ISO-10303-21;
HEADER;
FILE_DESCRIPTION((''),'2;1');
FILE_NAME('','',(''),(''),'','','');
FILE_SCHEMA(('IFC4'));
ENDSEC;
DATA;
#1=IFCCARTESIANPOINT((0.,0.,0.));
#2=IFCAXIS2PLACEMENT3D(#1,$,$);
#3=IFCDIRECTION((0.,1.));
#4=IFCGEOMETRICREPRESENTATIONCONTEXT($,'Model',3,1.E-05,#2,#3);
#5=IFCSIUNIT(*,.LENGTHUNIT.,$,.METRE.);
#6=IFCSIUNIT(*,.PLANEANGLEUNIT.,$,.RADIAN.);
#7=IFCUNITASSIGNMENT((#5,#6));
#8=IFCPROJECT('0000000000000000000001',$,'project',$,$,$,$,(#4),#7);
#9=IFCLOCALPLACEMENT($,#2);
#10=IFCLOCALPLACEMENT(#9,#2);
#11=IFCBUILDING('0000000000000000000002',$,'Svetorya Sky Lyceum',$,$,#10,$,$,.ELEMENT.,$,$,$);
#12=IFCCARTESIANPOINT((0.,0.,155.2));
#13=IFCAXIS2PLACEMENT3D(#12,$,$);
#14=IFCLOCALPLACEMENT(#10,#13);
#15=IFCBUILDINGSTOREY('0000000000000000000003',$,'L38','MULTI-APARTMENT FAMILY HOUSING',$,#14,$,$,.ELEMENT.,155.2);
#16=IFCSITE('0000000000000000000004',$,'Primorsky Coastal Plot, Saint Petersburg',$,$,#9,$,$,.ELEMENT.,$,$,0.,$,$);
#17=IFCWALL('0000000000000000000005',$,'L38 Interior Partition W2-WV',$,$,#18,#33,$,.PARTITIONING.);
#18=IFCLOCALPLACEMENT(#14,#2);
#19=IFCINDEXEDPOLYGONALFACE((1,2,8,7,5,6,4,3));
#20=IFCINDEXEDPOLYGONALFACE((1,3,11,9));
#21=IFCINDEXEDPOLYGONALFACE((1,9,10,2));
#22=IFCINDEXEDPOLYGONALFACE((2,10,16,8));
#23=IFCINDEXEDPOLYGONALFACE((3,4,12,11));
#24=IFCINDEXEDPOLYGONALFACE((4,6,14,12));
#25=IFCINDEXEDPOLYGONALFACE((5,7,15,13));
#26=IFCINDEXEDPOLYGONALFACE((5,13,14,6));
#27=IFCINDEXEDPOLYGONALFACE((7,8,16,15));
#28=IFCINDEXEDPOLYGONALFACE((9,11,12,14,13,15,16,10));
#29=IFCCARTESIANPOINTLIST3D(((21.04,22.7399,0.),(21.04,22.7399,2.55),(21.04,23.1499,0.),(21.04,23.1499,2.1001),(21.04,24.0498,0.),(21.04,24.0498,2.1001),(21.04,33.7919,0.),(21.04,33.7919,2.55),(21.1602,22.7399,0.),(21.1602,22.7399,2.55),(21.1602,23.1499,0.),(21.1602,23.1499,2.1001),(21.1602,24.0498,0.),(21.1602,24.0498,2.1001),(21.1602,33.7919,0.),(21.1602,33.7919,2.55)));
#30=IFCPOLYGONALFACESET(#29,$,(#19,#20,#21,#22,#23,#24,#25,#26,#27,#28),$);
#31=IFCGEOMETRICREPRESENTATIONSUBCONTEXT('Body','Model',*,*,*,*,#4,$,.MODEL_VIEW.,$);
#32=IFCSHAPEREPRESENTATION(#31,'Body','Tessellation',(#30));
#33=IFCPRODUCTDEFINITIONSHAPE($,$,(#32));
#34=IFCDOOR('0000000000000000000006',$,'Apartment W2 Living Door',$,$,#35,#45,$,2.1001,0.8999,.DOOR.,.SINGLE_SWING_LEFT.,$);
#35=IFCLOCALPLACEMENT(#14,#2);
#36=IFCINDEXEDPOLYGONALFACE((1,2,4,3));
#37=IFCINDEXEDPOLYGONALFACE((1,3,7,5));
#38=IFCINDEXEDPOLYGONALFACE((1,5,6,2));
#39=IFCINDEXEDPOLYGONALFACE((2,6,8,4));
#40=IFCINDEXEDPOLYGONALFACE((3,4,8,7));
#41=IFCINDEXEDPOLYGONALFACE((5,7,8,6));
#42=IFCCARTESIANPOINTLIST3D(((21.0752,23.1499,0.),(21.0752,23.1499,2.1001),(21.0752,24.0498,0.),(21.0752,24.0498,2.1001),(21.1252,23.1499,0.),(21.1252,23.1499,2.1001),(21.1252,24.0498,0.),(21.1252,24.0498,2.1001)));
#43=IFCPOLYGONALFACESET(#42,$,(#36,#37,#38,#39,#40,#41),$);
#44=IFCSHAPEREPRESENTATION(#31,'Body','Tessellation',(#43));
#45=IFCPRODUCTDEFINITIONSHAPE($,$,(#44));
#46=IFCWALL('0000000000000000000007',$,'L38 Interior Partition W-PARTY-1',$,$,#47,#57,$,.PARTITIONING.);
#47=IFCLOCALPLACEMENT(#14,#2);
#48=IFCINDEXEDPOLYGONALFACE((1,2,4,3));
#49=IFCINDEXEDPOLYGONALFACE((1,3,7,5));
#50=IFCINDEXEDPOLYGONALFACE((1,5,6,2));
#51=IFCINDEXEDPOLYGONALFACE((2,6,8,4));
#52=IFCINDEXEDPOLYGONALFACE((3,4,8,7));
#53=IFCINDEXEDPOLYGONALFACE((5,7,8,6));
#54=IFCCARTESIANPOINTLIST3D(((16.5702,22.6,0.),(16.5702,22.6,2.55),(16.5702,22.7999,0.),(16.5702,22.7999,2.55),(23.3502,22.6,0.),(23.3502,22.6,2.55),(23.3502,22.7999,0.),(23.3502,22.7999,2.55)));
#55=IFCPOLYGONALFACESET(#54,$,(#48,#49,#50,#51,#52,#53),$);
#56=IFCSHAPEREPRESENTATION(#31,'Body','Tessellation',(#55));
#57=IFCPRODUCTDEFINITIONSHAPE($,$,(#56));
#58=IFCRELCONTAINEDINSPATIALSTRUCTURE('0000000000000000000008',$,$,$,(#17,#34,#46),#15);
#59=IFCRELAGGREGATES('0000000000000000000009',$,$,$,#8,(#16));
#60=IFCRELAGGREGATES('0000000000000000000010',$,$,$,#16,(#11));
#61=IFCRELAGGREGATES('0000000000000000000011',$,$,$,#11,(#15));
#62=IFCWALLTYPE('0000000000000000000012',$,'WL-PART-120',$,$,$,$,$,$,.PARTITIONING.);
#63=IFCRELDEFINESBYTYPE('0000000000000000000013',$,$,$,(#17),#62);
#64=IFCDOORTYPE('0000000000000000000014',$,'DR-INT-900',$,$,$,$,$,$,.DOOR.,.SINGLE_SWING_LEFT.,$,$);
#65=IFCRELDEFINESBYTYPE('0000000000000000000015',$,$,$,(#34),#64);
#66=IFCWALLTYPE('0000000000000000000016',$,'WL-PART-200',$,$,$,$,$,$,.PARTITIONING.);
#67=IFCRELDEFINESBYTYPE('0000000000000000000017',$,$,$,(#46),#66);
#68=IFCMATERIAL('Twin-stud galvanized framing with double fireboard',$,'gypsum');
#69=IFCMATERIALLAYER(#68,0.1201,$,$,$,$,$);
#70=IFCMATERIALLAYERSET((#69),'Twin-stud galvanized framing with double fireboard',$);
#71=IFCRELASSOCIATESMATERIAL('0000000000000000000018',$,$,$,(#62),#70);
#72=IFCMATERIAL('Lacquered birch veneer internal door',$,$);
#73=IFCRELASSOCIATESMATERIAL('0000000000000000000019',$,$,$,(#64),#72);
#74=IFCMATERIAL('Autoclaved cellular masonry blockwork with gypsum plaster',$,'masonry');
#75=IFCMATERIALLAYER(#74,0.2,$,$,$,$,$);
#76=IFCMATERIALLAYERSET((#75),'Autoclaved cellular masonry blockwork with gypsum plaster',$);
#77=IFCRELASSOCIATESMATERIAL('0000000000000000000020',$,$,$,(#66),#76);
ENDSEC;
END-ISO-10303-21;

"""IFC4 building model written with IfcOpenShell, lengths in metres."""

from ifc_helpers import new_model, si_unit, direction, frame, frame_2d, origin, place, context, subcontext, project, spatial, rectangle, extrude, material, layer, layer_set, type_object, element, fill, save


model = new_model("IFC4")

# Units and contexts
model_context = context("Model", 3, precision=1e-05, world=origin(), true_north=direction((0.0, 1.0)))
body_context = subcontext(model_context, "Body", "Model", "MODEL_VIEW")
ifc_project = project(units=[si_unit("LENGTHUNIT", "METRE"), si_unit("PLANEANGLEUNIT", "RADIAN")], contexts=[model_context])

# Site, building, storey
site_placement = place(None, origin())
site = spatial("IfcSite", under=ifc_project, at=site_placement, Name="Primorsky Coastal Plot, Saint Petersburg", CompositionType="ELEMENT", RefElevation=0.0)
building_placement = place(site_placement, origin())
building = spatial("IfcBuilding", under=site, at=building_placement, Name="Svetorya Sky Lyceum", CompositionType="ELEMENT")
storey_placement = place(building_placement, frame((0.0, 0.0, 155.2)))
storey = spatial("IfcBuildingStorey", under=building, at=storey_placement, Name="L38", Description="MULTI-APARTMENT FAMILY HOUSING", CompositionType="ELEMENT", Elevation=155.2)

# Wall, opening, door
ifc_material_1 = material(Name="Twin-stud galvanized framing with double fireboard", Category="gypsum")
ifc_layer_1 = layer(ifc_material_1, 0.1201)
ifc_layer_set_1 = layer_set([ifc_layer_1], Name="Twin-stud galvanized framing with double fireboard")
wall_type_1 = type_object("IfcWallType", Name="WL-PART-120", PredefinedType="PARTITIONING", material=ifc_layer_set_1)
ifc_material_2 = material(Name="Lacquered birch veneer internal door")
door_type_1 = type_object("IfcDoorType", Name="DR-INT-900", OperationType="SINGLE_SWING_LEFT", PredefinedType="DOOR", material=ifc_material_2)
wall_1_placement = place(storey_placement, frame((21.1001, 22.74, 0.0), z_axis=(0.0, 0.0, 1.0), x_axis=(0.0, 1.0, 0.0)))
wall_1 = element("IfcWall", 1, at=wall_1_placement, inside=storey, type_object=wall_type_1, Name="L38 Interior Partition W2-WV", PredefinedType="PARTITIONING", context=body_context, shape_type="SweptSolid", body=[
    extrude(rectangle(XDim=11.052, YDim=0.1201, at=frame_2d((5.5259, 0.0))), origin(), (0.0, 0.0, 1.0), 2.55),
])
opening_1_placement = place(wall_1_placement, frame((0.4099, 0.0, 0.0)))
opening_1 = element("IfcOpeningElement", 2, at=opening_1_placement, cuts=wall_1, PredefinedType="OPENING", context=body_context, shape_type="SweptSolid", body=[
    extrude(rectangle(XDim=0.8999, YDim=2.1001, at=frame_2d((0.45, 1.05))), frame((0.0, 0.0701, 0.0), z_axis=(0.0, -1.0, 0.0), x_axis=(1.0, 0.0, 0.0)), (0.0, 0.0, 1.0), 0.1401),
])
door_1_placement = place(opening_1_placement, origin())
door_1 = element("IfcDoor", 3, at=door_1_placement, inside=storey, type_object=door_type_1, Name="Apartment W2 Living Door", OperationType="SINGLE_SWING_LEFT", OverallHeight=2.1001, OverallWidth=0.8999, PredefinedType="DOOR", context=body_context, shape_type="SweptSolid", body=[
    extrude(rectangle(XDim=0.8999, YDim=2.1001, at=frame_2d((0.45, 1.05))), frame((0.0, 0.0249, 0.0), z_axis=(0.0, -1.0, 0.0), x_axis=(1.0, 0.0, 0.0)), (0.0, 0.0, 1.0), 0.05),
])
fill(opening_1, door_1)

# Wall
ifc_material_3 = material(Name="Autoclaved cellular masonry blockwork with gypsum plaster", Category="masonry")
ifc_layer_2 = layer(ifc_material_3, 0.2)
ifc_layer_set_2 = layer_set([ifc_layer_2], Name="Autoclaved cellular masonry blockwork with gypsum plaster")
wall_type_2 = type_object("IfcWallType", Name="WL-PART-200", PredefinedType="PARTITIONING", material=ifc_layer_set_2)
wall_2_placement = place(storey_placement, frame((16.5701, 22.7, 0.0), z_axis=(0.0, 0.0, 1.0), x_axis=(1.0, 0.0, 0.0)))
element("IfcWall", 4, at=wall_2_placement, inside=storey, type_object=wall_type_2, Name="L38 Interior Partition W-PARTY-1", PredefinedType="PARTITIONING", context=body_context, shape_type="SweptSolid", body=[
    extrude(rectangle(XDim=6.78, YDim=0.2, at=frame_2d((3.3901, 0.0))), origin(), (0.0, 0.0, 1.0), 2.55),
])

save(model, "model.ifc")
